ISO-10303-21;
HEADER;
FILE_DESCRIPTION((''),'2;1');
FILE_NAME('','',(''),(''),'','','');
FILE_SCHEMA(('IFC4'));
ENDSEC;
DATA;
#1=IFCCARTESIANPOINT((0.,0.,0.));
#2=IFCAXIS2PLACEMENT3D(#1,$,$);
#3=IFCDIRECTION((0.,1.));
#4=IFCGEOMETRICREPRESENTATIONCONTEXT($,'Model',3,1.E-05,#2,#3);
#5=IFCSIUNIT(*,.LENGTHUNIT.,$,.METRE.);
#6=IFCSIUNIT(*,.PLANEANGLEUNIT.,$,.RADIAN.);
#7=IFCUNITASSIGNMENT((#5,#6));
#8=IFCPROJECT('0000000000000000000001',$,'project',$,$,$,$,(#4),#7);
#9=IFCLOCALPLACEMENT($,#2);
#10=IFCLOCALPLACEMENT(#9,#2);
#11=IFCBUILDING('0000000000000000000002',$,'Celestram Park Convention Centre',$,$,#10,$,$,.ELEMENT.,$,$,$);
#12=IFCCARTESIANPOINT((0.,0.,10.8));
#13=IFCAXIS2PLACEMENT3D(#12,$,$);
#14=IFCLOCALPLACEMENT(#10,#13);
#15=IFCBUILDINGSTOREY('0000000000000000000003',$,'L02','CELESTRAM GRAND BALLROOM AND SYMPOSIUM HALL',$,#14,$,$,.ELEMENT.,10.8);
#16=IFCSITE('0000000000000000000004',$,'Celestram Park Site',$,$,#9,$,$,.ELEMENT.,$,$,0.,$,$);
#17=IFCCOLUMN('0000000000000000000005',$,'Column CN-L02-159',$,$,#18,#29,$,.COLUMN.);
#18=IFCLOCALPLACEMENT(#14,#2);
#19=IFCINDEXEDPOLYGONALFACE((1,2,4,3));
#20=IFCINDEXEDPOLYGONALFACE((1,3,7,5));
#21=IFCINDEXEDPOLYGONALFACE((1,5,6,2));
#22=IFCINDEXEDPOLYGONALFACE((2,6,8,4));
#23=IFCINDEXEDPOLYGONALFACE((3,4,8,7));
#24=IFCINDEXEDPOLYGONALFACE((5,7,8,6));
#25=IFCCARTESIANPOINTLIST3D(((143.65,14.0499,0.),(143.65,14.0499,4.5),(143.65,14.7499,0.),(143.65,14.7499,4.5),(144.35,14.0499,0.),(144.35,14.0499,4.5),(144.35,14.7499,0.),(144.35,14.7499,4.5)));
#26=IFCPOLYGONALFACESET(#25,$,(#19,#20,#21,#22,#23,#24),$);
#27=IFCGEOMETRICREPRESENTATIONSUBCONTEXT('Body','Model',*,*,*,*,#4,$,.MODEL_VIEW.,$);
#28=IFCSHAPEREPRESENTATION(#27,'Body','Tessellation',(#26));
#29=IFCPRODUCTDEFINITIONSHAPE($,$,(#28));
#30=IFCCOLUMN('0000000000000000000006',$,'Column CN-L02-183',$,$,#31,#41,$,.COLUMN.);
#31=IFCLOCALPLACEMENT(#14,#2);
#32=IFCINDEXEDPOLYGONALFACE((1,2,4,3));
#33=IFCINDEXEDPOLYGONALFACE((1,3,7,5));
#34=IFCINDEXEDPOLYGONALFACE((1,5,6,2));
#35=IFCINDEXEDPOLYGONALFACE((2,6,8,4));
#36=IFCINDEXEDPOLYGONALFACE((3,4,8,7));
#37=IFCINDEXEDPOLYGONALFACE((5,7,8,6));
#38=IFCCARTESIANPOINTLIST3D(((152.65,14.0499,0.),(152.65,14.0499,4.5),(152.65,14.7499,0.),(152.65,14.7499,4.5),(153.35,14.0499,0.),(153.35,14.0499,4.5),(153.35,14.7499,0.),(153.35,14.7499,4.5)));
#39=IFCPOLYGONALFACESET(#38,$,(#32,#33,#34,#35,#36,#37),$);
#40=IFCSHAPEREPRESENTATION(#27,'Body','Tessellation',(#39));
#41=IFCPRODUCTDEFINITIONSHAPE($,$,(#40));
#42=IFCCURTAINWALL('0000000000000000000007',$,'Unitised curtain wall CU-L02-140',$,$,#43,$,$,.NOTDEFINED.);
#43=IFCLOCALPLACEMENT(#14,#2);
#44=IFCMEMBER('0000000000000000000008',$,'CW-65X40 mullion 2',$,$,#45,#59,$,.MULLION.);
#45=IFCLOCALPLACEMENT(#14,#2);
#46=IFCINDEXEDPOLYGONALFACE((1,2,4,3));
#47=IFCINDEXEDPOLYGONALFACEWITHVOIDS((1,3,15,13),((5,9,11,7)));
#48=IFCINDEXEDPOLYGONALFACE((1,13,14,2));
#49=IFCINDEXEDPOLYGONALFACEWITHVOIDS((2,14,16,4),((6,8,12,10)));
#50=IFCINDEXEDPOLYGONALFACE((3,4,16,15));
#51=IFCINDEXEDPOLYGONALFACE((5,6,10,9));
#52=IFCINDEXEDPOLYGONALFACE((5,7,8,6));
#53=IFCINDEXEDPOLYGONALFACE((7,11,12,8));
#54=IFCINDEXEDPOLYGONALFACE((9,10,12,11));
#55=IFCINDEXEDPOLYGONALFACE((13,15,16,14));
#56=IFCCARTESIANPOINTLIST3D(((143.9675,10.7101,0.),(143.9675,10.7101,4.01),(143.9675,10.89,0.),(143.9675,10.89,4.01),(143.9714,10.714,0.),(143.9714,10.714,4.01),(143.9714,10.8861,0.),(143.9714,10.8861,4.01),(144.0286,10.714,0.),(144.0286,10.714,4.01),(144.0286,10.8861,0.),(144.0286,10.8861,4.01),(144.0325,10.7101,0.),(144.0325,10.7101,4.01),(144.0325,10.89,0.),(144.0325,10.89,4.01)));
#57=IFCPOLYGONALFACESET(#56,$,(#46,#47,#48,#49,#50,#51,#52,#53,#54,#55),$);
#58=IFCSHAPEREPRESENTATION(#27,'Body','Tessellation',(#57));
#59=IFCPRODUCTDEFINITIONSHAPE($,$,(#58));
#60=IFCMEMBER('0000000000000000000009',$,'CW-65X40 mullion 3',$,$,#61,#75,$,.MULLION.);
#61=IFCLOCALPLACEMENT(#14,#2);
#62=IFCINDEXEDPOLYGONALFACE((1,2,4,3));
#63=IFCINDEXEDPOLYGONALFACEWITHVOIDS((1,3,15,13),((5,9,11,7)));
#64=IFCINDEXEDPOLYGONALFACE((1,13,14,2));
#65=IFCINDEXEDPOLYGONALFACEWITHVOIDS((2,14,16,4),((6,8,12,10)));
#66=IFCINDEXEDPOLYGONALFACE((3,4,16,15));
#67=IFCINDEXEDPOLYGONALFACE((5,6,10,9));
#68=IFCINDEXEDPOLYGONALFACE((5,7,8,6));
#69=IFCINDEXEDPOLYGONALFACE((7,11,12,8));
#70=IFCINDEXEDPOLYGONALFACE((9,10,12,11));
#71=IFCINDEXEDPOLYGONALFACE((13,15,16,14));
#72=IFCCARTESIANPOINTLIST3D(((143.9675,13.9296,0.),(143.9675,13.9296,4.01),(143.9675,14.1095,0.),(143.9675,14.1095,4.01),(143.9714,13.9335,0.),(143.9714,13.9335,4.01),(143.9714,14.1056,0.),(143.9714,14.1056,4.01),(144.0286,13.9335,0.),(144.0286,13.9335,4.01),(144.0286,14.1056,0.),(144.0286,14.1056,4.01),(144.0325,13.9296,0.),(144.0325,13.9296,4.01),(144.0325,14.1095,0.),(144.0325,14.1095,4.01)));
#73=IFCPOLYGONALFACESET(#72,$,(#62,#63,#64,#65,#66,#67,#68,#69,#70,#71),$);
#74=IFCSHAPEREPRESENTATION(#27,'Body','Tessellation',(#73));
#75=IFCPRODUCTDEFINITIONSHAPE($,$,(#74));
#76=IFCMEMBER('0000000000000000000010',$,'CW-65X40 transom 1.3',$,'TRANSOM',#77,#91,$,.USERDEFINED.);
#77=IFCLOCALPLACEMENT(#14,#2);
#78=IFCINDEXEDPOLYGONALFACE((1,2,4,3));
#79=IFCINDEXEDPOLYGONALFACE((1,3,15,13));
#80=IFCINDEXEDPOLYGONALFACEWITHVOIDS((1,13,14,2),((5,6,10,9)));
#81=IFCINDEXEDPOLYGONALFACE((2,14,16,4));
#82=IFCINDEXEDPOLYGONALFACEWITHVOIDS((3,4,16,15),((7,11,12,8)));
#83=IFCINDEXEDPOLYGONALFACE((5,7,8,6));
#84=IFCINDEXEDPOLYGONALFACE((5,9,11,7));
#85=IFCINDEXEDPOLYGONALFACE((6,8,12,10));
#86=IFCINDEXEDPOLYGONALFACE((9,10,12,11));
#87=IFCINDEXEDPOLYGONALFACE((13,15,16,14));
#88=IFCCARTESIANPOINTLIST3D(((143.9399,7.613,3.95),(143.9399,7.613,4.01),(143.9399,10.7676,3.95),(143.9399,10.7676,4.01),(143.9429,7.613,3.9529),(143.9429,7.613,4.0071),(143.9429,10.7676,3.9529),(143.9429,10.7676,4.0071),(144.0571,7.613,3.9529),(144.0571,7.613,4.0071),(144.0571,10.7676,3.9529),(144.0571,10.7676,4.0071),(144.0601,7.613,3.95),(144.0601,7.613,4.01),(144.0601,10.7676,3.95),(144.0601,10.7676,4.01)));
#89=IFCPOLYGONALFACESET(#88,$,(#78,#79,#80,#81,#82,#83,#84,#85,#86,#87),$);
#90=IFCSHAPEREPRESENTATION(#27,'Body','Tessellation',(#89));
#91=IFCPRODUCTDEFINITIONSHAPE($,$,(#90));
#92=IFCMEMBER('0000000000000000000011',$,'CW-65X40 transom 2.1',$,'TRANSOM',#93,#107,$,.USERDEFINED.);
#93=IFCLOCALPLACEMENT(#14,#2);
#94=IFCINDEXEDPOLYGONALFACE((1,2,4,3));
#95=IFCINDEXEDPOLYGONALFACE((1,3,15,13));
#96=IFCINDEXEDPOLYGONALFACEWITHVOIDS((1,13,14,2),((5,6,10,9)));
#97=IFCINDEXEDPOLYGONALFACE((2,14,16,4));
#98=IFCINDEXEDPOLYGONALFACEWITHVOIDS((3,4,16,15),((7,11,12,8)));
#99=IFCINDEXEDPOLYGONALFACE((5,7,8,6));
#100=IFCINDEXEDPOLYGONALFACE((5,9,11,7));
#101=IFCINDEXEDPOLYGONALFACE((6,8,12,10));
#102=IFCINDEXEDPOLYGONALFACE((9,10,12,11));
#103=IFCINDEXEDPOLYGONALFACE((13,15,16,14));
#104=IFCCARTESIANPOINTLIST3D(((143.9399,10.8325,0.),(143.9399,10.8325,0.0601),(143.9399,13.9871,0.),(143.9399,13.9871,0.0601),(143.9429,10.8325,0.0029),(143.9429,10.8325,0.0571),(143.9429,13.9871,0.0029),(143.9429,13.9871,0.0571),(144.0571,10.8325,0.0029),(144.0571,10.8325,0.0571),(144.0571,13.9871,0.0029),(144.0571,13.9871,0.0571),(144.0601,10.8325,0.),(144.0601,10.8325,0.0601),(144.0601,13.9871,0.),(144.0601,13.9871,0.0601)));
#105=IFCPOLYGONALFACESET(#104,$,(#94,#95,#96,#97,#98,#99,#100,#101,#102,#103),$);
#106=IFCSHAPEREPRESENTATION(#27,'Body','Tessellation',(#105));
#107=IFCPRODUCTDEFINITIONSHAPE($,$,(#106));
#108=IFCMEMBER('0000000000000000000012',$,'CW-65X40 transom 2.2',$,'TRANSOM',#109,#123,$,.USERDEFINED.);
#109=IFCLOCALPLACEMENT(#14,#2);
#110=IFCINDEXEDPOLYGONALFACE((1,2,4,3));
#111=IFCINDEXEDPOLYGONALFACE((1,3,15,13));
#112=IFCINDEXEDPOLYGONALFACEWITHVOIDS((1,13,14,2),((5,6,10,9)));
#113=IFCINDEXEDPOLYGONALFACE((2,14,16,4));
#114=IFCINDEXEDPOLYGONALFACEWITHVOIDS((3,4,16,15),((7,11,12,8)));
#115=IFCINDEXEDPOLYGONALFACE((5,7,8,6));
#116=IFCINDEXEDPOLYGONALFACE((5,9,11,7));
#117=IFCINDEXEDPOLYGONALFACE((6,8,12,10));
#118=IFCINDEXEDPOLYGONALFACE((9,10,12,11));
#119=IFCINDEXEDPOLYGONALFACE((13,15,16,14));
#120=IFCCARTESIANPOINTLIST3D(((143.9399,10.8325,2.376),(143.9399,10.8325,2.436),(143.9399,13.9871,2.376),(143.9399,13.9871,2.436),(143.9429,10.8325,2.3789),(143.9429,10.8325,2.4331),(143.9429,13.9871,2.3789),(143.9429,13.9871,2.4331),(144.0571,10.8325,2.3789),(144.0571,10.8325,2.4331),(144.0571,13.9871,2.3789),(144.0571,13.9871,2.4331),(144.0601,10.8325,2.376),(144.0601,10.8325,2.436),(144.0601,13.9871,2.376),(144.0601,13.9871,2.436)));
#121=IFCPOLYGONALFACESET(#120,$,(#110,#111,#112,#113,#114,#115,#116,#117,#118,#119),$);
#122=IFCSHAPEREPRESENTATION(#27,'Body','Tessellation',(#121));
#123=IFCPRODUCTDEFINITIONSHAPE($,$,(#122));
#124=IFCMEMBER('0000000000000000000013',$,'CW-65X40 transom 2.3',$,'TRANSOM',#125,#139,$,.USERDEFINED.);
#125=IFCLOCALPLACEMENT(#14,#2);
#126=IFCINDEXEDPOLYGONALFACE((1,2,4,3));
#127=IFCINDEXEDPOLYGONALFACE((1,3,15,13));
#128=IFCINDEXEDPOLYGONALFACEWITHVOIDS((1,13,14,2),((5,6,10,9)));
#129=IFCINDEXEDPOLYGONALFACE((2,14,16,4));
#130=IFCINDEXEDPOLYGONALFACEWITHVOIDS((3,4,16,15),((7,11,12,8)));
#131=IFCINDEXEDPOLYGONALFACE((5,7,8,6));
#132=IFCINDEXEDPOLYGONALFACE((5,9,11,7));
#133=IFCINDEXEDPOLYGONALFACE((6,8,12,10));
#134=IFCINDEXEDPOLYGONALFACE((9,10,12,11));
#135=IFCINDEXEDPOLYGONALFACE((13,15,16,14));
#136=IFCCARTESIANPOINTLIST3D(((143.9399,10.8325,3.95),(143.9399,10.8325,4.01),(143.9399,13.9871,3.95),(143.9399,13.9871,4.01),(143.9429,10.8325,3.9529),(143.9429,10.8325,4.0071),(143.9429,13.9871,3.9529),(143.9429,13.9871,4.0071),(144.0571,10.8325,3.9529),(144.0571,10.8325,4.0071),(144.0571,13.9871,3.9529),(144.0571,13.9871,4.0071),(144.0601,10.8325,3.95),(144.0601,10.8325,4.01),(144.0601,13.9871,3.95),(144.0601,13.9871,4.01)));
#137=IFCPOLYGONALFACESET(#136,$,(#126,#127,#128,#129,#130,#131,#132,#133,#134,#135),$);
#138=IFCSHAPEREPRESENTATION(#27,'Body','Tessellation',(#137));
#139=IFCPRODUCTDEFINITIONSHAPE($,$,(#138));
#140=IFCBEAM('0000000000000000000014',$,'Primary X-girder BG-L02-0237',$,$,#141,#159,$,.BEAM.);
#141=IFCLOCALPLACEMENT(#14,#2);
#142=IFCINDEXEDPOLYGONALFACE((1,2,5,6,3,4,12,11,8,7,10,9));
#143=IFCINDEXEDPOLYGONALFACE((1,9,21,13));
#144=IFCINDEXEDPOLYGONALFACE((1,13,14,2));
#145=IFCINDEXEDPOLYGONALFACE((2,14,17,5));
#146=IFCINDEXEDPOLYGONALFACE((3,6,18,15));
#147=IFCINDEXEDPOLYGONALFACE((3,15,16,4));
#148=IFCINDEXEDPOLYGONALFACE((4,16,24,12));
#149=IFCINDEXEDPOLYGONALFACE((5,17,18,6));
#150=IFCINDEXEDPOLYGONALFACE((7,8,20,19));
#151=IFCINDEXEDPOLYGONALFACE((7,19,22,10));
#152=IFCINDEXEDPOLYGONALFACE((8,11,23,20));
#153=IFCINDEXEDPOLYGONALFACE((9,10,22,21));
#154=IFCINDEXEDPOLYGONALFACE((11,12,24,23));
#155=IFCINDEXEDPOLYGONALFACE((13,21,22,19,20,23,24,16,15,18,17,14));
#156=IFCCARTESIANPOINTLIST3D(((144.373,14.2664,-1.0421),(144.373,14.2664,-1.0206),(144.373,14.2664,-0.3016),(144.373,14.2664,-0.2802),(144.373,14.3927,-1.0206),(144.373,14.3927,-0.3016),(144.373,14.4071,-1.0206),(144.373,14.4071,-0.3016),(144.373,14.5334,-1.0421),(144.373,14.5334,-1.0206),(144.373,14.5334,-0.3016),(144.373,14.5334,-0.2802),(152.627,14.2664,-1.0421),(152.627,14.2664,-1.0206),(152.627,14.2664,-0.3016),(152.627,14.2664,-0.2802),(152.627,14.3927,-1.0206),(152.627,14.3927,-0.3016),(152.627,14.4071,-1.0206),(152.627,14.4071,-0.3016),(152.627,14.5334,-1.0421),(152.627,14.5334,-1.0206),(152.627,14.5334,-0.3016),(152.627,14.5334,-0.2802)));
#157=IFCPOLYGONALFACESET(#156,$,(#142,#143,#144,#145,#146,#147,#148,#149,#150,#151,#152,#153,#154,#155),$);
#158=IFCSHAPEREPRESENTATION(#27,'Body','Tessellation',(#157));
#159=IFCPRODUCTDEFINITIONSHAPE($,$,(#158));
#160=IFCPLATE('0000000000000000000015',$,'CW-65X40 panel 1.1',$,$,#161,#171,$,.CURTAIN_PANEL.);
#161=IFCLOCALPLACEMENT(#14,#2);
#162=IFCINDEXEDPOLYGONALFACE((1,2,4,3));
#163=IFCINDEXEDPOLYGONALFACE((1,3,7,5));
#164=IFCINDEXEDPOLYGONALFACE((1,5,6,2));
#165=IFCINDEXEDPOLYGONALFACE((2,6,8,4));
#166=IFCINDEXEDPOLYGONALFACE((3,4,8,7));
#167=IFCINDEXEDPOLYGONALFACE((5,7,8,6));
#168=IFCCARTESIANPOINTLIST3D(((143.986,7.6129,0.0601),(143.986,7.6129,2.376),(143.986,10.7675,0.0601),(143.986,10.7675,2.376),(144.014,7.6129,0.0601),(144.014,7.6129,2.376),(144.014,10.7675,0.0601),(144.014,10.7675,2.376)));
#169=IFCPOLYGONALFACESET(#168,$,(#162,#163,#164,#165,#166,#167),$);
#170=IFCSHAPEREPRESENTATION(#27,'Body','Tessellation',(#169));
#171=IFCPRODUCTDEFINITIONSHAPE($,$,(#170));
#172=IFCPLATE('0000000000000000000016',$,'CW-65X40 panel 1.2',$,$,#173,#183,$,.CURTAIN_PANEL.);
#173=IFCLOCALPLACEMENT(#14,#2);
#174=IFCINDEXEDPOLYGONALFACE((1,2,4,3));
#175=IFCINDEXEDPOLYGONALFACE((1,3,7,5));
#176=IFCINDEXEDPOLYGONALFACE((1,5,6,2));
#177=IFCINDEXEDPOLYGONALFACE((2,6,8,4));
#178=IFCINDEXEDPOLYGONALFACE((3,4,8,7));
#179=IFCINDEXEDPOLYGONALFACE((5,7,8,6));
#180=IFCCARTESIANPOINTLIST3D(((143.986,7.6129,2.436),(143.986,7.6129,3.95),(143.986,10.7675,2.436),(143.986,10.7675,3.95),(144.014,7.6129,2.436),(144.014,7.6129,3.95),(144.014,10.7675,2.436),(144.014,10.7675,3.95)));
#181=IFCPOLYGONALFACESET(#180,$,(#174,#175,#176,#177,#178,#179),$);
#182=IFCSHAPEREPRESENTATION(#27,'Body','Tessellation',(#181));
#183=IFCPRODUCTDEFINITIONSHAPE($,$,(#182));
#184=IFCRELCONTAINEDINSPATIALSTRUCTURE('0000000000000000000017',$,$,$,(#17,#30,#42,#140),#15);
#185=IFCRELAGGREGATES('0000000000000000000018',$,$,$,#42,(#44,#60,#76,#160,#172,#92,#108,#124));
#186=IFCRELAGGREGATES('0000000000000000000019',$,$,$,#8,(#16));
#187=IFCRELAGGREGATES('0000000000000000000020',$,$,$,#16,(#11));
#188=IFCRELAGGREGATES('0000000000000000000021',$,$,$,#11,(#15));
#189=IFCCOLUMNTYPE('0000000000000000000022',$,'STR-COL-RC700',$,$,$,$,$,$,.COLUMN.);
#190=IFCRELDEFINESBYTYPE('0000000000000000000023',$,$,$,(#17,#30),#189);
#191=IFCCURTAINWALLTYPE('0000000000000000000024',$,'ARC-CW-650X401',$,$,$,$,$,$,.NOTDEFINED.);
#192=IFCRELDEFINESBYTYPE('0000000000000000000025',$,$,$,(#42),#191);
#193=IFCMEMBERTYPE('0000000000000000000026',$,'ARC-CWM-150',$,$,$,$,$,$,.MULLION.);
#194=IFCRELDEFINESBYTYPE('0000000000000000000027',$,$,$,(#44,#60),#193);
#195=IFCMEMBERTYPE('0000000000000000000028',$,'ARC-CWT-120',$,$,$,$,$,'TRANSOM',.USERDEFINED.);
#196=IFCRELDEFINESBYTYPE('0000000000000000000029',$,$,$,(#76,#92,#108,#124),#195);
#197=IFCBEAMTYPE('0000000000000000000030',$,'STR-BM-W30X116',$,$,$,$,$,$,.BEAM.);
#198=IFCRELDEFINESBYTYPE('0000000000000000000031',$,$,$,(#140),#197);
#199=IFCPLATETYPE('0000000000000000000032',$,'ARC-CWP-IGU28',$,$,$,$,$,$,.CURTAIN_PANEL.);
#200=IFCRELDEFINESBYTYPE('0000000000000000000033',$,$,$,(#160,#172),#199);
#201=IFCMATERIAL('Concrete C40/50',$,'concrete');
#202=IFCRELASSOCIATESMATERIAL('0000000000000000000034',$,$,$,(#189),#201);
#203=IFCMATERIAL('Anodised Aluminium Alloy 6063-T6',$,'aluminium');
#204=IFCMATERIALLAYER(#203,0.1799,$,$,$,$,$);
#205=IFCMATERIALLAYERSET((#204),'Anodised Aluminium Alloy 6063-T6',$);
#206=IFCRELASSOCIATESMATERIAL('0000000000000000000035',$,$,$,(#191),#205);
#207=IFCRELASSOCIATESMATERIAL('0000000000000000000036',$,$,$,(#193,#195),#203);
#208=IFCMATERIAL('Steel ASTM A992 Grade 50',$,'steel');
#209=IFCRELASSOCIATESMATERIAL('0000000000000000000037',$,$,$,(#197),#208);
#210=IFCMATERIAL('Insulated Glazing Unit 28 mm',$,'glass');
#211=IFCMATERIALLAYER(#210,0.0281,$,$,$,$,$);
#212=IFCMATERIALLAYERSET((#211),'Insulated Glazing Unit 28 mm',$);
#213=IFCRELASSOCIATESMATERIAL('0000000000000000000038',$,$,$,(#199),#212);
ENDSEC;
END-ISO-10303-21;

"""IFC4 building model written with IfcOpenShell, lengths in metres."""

from ifc_helpers import new_model, si_unit, direction, frame, origin, origin_2d, place, context, subcontext, project, spatial, rectangle, hollow_rectangle, i_section, extrude, material, layer, layer_set, material_profile, profile_set, type_object, element, aggregate, save


model = new_model("IFC4")

# Units and contexts
model_context = context("Model", 3, precision=1e-05, world=origin(), true_north=direction((0.0, 1.0)))
body_context = subcontext(model_context, "Body", "Model", "MODEL_VIEW")
ifc_project = project(units=[si_unit("LENGTHUNIT", "METRE"), si_unit("PLANEANGLEUNIT", "RADIAN")], contexts=[model_context])

# Site, building, storey
site_placement = place(None, origin())
site = spatial("IfcSite", under=ifc_project, at=site_placement, Name="Celestram Park Site", CompositionType="ELEMENT", RefElevation=0.0)
building_placement = place(site_placement, origin())
building = spatial("IfcBuilding", under=site, at=building_placement, Name="Celestram Park Convention Centre", CompositionType="ELEMENT")
storey_placement = place(building_placement, frame((0.0, 0.0, 10.8)))
storey = spatial("IfcBuildingStorey", under=building, at=storey_placement, Name="L02", Description="CELESTRAM GRAND BALLROOM AND SYMPOSIUM HALL", CompositionType="ELEMENT", Elevation=10.8)

# Columns
ifc_material_1 = material(Name="Concrete C40/50", Category="concrete")
ifc_material_profile_1 = material_profile(ifc_material_1, rectangle(XDim=0.7, YDim=0.7, at=origin_2d()), Name="RC700X700")
ifc_profile_set_1 = profile_set([ifc_material_profile_1], Name="Concrete C40/50")
column_type = type_object("IfcColumnType", Name="STR-COL-RC700", PredefinedType="COLUMN", material=ifc_profile_set_1)
for number, where, z_axis, x_axis, name in (
    (1, (144.0, 14.3999, 0.0), (0.0, 0.0, 1.0), (1.0, 0.0, 0.0), "Column CN-L02-159"),
    (2, (153.0, 14.3999, 0.0), (0.0, 0.0, 1.0), (1.0, 0.0, 0.0), "Column CN-L02-183"),
):
    element("IfcColumn", number, at=place(storey_placement, frame(where, z_axis=z_axis, x_axis=x_axis)), inside=storey, type_object=column_type, Name=name, PredefinedType="COLUMN", context=body_context, shape_type="SweptSolid", body=[
        extrude(rectangle(XDim=0.7, YDim=0.7, at=origin_2d()), origin(), (0.0, 0.0, 1.0), 4.5),
    ])

# Curtain wall, members
ifc_material_2 = material(Name="Anodised Aluminium Alloy 6063-T6", Category="aluminium")
ifc_layer_1 = layer(ifc_material_2, 0.1799)
ifc_layer_set_1 = layer_set([ifc_layer_1], Name="Anodised Aluminium Alloy 6063-T6")
curtain_wall_type = type_object("IfcCurtainWallType", Name="ARC-CW-650X401", PredefinedType="NOTDEFINED", material=ifc_layer_set_1)
curtain_wall_placement = place(storey_placement, origin())
curtain_wall = element("IfcCurtainWall", 3, at=curtain_wall_placement, inside=storey, type_object=curtain_wall_type, Name="Unitised curtain wall CU-L02-140", PredefinedType="NOTDEFINED")
ifc_material_profile_2 = material_profile(ifc_material_2, hollow_rectangle(XDim=0.0649, YDim=0.1799, WallThickness=0.0039, at=origin_2d()), Name="ALU65X180X4")
ifc_profile_set_2 = profile_set([ifc_material_profile_2], Name="Anodised Aluminium Alloy 6063-T6")
member_type_1 = type_object("IfcMemberType", Name="ARC-CWM-150", PredefinedType="MULLION", material=ifc_profile_set_2)
member_1_placement = place(storey_placement, frame((144.0, 10.8, 0.0), z_axis=(0.0, 0.0, 1.0), x_axis=(-1.0, 0.0, 0.0)))
member_1 = element("IfcMember", 4, at=member_1_placement, type_object=member_type_1, Name="CW-65X40 mullion 2", PredefinedType="MULLION", context=body_context, shape_type="SweptSolid", body=[
    extrude(hollow_rectangle(XDim=0.0649, YDim=0.1799, WallThickness=0.0039, at=origin_2d()), origin(), (0.0, 0.0, 1.0), 4.01),
])
member_2_placement = place(storey_placement, frame((144.0, 14.0195, 0.0), z_axis=(0.0, 0.0, 1.0), x_axis=(-1.0, 0.0, 0.0)))
member_2 = element("IfcMember", 5, at=member_2_placement, type_object=member_type_1, Name="CW-65X40 mullion 3", PredefinedType="MULLION", context=body_context, shape_type="SweptSolid", body=[
    extrude(hollow_rectangle(XDim=0.0649, YDim=0.1799, WallThickness=0.0039, at=origin_2d()), origin(), (0.0, 0.0, 1.0), 4.01),
])
ifc_material_profile_3 = material_profile(ifc_material_2, hollow_rectangle(XDim=0.1201, YDim=0.0601, WallThickness=0.0029, at=origin_2d()), Name="ALU120X60X3")
ifc_profile_set_3 = profile_set([ifc_material_profile_3], Name="Anodised Aluminium Alloy 6063-T6")
member_type_2 = type_object("IfcMemberType", Name="ARC-CWT-120", ElementType="TRANSOM", PredefinedType="USERDEFINED", material=ifc_profile_set_3)
member_3_placement = place(storey_placement, frame((144.0, 7.613, 3.98), z_axis=(0.0, 1.0, 0.0), x_axis=(-1.0, 0.0, 0.0)))
member_3 = element("IfcMember", 6, at=member_3_placement, type_object=member_type_2, Name="CW-65X40 transom 1.3", ObjectType="TRANSOM", PredefinedType="USERDEFINED", context=body_context, shape_type="SweptSolid", body=[
    extrude(hollow_rectangle(XDim=0.1201, YDim=0.0601, WallThickness=0.0029, at=origin_2d()), origin(), (0.0, 0.0, 1.0), 3.1545),
])
member_4_placement = place(storey_placement, frame((144.0, 10.8325, 0.03), z_axis=(0.0, 1.0, 0.0), x_axis=(-1.0, 0.0, 0.0)))
member_4 = element("IfcMember", 7, at=member_4_placement, type_object=member_type_2, Name="CW-65X40 transom 2.1", ObjectType="TRANSOM", PredefinedType="USERDEFINED", context=body_context, shape_type="SweptSolid", body=[
    extrude(hollow_rectangle(XDim=0.1201, YDim=0.0601, WallThickness=0.0029, at=origin_2d()), origin(), (0.0, 0.0, 1.0), 3.1545),
])
member_5_placement = place(storey_placement, frame((144.0, 10.8325, 2.406), z_axis=(0.0, 1.0, 0.0), x_axis=(-1.0, 0.0, 0.0)))
member_5 = element("IfcMember", 8, at=member_5_placement, type_object=member_type_2, Name="CW-65X40 transom 2.2", ObjectType="TRANSOM", PredefinedType="USERDEFINED", context=body_context, shape_type="SweptSolid", body=[
    extrude(hollow_rectangle(XDim=0.1201, YDim=0.0601, WallThickness=0.0029, at=origin_2d()), origin(), (0.0, 0.0, 1.0), 3.1545),
])
member_6_placement = place(storey_placement, frame((144.0, 10.8325, 3.98), z_axis=(0.0, 1.0, 0.0), x_axis=(-1.0, 0.0, 0.0)))
member_6 = element("IfcMember", 9, at=member_6_placement, type_object=member_type_2, Name="CW-65X40 transom 2.3", ObjectType="TRANSOM", PredefinedType="USERDEFINED", context=body_context, shape_type="SweptSolid", body=[
    extrude(hollow_rectangle(XDim=0.1201, YDim=0.0601, WallThickness=0.0029, at=origin_2d()), origin(), (0.0, 0.0, 1.0), 3.1545),
])

# Beam
ifc_material_3 = material(Name="Steel ASTM A992 Grade 50", Category="steel")
ifc_material_profile_4 = material_profile(ifc_material_3, i_section(OverallWidth=0.2671, OverallDepth=0.762, WebThickness=0.0144, FlangeThickness=0.0215, at=origin_2d()), Name="W30X116")
ifc_profile_set_4 = profile_set([ifc_material_profile_4], Name="Steel ASTM A992 Grade 50")
beam_type = type_object("IfcBeamType", Name="STR-BM-W30X116", PredefinedType="BEAM", material=ifc_profile_set_4)
beam_placement = place(storey_placement, frame((144.373, 14.3999, -0.6611), z_axis=(1.0, 0.0, 0.0), x_axis=(0.0, 1.0, 0.0)))
element("IfcBeam", 10, at=beam_placement, inside=storey, type_object=beam_type, Name="Primary X-girder BG-L02-0237", PredefinedType="BEAM", context=body_context, shape_type="SweptSolid", body=[
    extrude(i_section(OverallWidth=0.2671, OverallDepth=0.762, WebThickness=0.0144, FlangeThickness=0.0215, at=origin_2d()), origin(), (0.0, 0.0, 1.0), 8.2539),
])

# Plates
ifc_material_4 = material(Name="Insulated Glazing Unit 28 mm", Category="glass")
ifc_layer_2 = layer(ifc_material_4, 0.0281)
ifc_layer_set_2 = layer_set([ifc_layer_2], Name="Insulated Glazing Unit 28 mm")
plate_type = type_object("IfcPlateType", Name="ARC-CWP-IGU28", PredefinedType="CURTAIN_PANEL", material=ifc_layer_set_2)
plate_1_placement = place(storey_placement, frame((144.0, 9.1902, 0.0601), z_axis=(0.0, 0.0, 1.0), x_axis=(0.0, 1.0, 0.0)))
plate_1 = element("IfcPlate", 11, at=plate_1_placement, type_object=plate_type, Name="CW-65X40 panel 1.1", PredefinedType="CURTAIN_PANEL", context=body_context, shape_type="SweptSolid", body=[
    extrude(rectangle(XDim=3.1545, YDim=0.0281, at=origin_2d()), origin(), (0.0, 0.0, 1.0), 2.3159),
])
plate_2_placement = place(storey_placement, frame((144.0, 9.1902, 2.436), z_axis=(0.0, 0.0, 1.0), x_axis=(0.0, 1.0, 0.0)))
plate_2 = element("IfcPlate", 12, at=plate_2_placement, type_object=plate_type, Name="CW-65X40 panel 1.2", PredefinedType="CURTAIN_PANEL", context=body_context, shape_type="SweptSolid", body=[
    extrude(rectangle(XDim=3.1545, YDim=0.0281, at=origin_2d()), origin(), (0.0, 0.0, 1.0), 1.5139),
])
aggregate(curtain_wall, [member_1, member_2, member_3, plate_1, plate_2, member_4, member_5, member_6])

save(model, "model.ifc")
